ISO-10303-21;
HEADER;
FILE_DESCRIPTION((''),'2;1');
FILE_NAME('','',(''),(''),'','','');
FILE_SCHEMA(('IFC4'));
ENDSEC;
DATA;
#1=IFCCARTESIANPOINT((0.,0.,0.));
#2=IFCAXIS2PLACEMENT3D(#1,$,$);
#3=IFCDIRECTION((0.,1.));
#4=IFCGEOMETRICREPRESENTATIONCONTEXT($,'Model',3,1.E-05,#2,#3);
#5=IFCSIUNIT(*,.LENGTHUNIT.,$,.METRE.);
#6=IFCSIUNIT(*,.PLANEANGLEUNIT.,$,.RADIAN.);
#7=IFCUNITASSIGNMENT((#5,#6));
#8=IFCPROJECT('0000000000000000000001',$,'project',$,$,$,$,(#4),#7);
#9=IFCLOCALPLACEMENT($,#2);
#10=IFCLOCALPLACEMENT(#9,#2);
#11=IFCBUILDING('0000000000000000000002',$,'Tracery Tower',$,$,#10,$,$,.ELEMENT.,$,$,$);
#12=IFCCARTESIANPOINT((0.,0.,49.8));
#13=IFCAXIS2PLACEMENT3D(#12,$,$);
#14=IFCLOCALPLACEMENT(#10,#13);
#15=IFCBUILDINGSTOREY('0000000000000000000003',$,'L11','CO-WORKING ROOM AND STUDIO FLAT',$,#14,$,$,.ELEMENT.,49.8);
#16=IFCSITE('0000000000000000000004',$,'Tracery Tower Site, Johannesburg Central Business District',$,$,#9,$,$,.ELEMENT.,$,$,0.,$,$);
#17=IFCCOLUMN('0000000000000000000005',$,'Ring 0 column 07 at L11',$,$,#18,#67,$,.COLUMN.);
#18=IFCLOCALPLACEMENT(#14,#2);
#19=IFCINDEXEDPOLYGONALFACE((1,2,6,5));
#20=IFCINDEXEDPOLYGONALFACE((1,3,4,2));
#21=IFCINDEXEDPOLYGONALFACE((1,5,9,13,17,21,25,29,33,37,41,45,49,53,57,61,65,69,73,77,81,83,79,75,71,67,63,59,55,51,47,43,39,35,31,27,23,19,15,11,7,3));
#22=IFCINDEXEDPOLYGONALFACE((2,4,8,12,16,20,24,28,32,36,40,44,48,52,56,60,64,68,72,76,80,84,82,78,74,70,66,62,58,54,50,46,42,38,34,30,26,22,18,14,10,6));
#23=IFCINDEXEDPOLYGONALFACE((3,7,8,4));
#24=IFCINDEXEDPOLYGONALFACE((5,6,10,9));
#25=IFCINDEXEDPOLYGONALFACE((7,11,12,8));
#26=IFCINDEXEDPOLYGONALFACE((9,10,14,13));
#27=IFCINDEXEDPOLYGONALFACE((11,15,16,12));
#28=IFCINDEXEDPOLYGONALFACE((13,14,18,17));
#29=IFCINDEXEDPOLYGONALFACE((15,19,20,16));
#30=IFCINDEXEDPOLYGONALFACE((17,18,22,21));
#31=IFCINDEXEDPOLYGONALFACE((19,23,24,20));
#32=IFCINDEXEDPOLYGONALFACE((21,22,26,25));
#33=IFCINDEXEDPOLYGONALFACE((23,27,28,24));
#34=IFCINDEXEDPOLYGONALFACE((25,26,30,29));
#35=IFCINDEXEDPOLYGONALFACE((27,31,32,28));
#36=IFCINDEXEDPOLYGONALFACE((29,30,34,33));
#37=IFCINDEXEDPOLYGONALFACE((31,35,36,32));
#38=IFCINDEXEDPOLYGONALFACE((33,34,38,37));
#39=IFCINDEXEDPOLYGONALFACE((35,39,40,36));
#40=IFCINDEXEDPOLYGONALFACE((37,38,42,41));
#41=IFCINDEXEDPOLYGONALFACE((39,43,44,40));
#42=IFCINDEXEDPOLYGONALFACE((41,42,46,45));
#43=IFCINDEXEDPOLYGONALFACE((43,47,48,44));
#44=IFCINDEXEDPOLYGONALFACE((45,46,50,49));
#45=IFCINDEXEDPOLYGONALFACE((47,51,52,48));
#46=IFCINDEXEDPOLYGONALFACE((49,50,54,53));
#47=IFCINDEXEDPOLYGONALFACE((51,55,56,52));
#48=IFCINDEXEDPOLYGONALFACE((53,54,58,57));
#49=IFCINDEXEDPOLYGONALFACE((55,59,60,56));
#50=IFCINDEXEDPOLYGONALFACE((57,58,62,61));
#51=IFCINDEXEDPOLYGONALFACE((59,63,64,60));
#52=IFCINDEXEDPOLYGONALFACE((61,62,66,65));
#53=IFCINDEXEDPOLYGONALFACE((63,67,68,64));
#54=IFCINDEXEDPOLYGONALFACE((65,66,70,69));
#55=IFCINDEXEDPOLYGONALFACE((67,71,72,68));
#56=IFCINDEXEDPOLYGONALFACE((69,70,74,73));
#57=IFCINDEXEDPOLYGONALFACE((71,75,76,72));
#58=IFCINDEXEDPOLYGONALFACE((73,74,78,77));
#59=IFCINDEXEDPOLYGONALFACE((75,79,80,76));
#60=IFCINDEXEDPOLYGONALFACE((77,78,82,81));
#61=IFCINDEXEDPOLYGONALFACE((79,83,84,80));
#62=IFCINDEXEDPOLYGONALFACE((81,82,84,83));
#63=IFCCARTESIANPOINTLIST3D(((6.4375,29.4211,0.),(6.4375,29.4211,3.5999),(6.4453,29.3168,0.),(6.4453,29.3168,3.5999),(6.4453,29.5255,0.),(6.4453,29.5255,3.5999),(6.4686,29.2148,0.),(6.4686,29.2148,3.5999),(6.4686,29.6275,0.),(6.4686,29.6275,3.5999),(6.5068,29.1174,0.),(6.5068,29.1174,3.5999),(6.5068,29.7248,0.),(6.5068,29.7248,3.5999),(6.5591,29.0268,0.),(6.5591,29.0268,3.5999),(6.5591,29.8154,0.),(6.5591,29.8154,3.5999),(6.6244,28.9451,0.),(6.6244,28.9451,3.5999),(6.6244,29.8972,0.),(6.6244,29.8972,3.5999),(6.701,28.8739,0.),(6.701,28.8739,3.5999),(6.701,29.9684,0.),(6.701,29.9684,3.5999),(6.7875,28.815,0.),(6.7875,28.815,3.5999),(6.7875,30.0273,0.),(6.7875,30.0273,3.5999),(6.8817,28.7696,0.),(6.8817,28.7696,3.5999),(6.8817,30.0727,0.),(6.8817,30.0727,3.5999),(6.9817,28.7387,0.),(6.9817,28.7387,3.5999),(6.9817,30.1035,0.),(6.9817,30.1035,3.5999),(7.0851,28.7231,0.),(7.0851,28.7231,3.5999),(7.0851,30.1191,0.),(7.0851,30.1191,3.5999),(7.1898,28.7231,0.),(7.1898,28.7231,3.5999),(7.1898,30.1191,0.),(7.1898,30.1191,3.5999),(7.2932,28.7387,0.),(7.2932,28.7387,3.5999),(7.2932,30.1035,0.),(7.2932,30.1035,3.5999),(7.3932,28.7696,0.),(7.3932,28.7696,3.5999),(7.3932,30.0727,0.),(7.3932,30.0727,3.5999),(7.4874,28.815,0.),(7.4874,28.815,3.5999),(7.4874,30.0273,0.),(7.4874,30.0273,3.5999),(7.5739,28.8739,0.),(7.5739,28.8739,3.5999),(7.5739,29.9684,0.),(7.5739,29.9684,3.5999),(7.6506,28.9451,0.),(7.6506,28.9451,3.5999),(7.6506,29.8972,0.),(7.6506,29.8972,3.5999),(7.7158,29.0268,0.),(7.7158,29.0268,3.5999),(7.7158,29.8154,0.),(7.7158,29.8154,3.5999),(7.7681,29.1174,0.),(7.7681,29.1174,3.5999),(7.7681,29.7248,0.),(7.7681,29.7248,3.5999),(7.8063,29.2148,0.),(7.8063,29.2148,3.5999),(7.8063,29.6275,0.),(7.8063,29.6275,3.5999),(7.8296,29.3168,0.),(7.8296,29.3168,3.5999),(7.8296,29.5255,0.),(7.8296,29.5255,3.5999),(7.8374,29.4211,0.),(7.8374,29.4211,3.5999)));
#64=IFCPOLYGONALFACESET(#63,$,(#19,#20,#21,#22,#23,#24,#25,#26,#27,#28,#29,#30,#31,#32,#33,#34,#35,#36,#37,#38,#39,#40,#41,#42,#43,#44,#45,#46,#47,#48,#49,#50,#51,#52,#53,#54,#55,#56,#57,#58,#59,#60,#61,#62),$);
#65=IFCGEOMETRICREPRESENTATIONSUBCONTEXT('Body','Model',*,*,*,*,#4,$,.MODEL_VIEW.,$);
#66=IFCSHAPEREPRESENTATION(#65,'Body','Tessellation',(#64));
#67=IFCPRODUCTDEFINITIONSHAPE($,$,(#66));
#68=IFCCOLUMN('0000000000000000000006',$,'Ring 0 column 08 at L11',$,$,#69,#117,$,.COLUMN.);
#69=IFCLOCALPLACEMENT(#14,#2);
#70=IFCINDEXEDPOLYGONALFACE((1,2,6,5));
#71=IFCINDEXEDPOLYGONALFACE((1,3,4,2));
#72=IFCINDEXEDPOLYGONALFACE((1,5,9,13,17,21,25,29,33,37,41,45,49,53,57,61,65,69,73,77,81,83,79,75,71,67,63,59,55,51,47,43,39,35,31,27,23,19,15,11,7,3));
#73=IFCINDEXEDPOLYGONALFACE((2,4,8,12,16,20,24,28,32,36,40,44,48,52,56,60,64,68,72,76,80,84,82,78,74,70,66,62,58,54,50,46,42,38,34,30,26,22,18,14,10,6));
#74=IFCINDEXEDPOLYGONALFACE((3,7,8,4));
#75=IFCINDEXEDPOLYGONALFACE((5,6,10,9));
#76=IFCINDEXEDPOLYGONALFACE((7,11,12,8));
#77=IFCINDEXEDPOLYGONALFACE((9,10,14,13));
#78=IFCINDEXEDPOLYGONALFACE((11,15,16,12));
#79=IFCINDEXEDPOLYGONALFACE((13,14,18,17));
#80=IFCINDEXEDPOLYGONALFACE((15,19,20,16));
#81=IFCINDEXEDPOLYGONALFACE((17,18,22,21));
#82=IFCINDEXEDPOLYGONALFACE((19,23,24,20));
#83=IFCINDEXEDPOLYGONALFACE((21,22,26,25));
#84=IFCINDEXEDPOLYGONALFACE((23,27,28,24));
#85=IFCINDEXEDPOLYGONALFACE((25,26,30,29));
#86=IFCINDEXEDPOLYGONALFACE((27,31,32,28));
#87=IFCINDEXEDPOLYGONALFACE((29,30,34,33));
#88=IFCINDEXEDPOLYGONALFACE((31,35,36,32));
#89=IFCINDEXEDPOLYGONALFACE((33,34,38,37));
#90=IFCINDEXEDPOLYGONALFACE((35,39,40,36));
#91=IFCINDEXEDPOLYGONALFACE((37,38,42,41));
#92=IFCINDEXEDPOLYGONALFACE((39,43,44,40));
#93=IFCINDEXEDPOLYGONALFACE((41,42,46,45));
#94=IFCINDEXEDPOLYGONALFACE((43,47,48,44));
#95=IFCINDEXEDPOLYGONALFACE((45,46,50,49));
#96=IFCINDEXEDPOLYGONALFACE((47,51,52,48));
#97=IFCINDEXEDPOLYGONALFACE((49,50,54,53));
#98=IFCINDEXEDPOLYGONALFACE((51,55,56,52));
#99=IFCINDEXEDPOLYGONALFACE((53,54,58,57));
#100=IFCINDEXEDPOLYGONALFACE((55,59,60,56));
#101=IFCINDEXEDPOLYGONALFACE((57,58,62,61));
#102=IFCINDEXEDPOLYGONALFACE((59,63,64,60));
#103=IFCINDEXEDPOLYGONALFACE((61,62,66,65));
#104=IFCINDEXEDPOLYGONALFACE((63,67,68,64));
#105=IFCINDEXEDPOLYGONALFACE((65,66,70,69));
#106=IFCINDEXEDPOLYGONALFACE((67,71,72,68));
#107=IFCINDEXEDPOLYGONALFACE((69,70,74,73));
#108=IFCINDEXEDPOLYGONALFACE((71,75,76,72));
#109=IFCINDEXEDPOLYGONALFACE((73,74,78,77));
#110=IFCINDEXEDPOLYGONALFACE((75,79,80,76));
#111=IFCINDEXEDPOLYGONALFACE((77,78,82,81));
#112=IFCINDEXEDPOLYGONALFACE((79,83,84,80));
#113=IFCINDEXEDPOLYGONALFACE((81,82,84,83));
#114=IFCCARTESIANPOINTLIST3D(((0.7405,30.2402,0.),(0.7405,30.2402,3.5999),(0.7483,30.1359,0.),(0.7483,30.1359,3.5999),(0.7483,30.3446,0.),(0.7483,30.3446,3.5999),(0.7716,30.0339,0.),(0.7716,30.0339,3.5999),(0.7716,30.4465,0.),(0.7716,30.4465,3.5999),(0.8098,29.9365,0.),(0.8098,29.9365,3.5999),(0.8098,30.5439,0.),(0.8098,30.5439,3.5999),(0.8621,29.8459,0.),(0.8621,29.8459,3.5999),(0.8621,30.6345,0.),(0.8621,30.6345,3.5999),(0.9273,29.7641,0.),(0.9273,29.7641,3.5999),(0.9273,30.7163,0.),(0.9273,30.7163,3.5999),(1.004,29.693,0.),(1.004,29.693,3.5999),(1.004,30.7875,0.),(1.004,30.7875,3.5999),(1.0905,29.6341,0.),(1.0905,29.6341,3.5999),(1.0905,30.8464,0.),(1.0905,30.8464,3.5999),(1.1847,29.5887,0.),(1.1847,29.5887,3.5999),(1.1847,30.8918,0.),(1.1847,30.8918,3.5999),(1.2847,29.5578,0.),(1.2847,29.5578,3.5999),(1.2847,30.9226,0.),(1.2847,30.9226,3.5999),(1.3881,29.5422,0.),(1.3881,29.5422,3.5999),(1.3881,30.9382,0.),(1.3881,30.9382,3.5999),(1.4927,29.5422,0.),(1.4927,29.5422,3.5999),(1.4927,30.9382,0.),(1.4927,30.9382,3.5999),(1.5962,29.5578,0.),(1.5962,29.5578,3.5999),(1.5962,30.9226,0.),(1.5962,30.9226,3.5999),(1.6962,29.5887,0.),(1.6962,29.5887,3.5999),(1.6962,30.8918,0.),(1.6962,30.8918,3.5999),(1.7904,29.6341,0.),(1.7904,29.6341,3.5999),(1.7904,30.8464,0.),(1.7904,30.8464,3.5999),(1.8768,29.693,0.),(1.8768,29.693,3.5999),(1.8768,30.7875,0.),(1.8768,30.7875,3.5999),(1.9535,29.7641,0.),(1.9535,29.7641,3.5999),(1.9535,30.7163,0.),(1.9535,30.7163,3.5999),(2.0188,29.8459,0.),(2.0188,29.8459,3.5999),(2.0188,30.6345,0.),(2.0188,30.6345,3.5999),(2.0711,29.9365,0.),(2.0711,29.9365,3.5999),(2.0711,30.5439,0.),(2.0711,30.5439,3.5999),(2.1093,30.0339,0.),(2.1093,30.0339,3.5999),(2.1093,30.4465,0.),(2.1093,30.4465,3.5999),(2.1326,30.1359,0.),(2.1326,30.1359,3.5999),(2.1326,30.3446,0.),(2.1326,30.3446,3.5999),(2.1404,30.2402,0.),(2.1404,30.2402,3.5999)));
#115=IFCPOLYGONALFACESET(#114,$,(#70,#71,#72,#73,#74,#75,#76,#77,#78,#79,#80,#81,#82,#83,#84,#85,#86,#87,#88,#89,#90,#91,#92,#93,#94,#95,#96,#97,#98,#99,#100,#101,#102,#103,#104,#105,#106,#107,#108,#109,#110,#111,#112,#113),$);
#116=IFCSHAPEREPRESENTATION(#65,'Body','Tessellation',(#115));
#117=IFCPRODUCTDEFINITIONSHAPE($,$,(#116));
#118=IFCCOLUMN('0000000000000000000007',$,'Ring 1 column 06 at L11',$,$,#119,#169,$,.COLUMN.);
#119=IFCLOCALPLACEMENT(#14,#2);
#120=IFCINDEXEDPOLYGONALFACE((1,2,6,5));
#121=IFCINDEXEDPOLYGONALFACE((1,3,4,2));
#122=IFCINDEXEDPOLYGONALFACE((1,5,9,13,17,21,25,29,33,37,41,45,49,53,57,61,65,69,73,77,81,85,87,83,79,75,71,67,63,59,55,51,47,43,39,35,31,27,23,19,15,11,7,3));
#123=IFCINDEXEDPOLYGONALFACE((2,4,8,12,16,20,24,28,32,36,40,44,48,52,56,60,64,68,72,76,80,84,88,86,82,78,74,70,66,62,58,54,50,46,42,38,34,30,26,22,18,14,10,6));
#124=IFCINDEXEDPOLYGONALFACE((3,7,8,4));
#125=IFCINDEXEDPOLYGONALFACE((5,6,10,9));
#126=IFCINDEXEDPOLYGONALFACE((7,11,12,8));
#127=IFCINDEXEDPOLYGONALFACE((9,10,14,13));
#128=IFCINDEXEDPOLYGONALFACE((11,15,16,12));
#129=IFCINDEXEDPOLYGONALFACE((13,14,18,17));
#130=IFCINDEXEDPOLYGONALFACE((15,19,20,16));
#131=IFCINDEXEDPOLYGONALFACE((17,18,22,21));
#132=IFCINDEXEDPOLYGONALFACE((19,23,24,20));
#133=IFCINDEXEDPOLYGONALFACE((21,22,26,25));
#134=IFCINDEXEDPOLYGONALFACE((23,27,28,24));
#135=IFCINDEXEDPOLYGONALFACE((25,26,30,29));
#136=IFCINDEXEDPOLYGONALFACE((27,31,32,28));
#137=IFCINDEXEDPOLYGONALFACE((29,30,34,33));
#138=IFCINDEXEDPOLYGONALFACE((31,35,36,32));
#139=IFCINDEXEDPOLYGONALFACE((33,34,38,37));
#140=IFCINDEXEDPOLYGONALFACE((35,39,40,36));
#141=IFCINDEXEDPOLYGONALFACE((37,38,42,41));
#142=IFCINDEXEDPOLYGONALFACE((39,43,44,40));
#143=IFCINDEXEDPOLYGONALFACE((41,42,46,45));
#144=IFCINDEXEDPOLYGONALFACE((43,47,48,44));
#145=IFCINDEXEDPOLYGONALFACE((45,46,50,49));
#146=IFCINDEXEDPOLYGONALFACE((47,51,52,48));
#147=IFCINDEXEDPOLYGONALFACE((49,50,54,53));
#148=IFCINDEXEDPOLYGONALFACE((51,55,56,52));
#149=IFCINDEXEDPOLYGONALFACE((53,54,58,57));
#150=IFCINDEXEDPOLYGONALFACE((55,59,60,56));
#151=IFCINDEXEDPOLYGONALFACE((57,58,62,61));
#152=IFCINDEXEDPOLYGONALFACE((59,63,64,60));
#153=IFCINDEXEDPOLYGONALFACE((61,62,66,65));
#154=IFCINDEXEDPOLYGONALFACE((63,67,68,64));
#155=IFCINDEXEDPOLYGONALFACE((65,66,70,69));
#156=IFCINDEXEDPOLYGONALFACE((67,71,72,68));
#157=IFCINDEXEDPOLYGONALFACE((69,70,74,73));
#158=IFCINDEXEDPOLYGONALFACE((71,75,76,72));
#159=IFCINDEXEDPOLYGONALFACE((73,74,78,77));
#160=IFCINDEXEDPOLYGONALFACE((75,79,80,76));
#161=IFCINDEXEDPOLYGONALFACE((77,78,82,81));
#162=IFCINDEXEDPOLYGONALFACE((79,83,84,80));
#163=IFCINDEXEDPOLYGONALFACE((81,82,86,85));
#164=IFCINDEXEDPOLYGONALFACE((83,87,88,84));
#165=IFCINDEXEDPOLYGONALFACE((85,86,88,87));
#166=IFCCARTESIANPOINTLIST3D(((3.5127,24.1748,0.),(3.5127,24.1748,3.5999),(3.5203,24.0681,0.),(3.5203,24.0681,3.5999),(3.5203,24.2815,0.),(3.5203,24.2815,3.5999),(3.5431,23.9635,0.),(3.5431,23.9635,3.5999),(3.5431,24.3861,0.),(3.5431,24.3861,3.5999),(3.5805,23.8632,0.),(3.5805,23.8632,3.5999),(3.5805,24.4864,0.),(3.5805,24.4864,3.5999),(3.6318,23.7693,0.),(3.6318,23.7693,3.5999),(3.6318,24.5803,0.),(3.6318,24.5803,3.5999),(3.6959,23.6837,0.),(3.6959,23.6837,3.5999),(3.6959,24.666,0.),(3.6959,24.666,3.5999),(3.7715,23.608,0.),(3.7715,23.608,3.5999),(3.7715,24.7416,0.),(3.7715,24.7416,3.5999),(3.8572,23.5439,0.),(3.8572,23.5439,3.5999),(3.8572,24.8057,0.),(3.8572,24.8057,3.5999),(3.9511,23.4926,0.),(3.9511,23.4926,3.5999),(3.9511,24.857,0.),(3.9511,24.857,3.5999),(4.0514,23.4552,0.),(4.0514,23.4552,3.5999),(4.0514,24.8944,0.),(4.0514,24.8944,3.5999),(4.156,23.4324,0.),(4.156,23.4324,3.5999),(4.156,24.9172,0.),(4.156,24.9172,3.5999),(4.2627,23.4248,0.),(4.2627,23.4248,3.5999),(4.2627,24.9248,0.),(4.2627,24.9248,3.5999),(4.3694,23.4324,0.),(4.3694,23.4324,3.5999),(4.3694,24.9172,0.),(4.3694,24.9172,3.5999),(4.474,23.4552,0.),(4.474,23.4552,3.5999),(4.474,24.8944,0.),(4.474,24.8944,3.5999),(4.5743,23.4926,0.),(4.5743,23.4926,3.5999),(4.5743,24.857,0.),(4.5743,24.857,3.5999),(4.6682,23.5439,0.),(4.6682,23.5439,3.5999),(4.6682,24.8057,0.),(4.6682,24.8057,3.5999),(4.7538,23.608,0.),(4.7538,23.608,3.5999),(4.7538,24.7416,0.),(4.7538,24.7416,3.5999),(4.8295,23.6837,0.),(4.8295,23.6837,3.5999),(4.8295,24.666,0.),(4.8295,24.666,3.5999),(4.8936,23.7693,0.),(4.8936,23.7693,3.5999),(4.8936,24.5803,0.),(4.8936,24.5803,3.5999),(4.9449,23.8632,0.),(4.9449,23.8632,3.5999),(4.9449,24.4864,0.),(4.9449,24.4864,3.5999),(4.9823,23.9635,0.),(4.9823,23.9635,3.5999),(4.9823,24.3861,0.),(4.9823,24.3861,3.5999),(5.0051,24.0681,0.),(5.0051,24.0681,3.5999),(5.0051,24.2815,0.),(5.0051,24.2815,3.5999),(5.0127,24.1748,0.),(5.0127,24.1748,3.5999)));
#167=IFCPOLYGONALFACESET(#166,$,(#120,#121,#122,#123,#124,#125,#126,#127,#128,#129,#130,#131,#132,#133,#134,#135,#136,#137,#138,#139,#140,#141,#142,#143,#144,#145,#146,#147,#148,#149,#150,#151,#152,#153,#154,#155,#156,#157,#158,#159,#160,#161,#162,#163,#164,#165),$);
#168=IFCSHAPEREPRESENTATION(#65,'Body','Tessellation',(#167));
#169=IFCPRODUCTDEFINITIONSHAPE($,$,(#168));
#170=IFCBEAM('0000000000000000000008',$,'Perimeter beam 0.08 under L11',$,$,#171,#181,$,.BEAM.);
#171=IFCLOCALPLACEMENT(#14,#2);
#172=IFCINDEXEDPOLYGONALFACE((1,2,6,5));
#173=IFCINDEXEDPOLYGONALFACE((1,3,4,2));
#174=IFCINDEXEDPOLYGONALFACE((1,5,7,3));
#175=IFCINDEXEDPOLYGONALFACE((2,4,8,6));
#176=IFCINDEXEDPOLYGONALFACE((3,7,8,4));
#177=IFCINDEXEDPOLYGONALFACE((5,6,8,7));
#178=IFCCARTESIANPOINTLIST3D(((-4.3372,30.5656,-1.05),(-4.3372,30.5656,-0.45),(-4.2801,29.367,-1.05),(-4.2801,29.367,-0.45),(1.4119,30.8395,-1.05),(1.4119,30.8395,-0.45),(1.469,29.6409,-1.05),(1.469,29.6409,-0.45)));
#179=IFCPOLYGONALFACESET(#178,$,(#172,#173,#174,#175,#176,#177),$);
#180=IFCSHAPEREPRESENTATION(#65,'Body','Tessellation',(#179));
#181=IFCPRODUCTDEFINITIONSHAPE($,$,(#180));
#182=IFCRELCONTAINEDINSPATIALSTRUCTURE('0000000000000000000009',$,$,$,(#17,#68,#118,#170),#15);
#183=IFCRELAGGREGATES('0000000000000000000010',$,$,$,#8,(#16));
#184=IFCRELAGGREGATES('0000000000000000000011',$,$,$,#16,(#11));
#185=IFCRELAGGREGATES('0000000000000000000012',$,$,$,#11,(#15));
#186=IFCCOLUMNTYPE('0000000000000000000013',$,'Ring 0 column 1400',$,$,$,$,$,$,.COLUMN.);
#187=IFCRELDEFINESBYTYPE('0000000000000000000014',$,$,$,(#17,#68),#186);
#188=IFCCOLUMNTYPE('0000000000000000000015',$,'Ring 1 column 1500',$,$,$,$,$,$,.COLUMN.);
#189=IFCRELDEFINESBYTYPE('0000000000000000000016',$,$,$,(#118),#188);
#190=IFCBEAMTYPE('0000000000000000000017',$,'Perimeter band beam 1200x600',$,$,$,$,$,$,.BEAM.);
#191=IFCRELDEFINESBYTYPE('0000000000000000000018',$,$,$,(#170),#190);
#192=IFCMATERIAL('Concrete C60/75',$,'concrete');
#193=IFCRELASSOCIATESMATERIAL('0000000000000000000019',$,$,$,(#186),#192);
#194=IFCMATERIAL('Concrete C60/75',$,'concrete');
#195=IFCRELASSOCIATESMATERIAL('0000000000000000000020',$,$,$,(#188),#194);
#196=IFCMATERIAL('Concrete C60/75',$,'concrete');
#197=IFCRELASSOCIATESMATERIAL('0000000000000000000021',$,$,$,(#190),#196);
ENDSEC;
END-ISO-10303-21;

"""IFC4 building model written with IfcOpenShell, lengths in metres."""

from ifc_helpers import new_model, si_unit, direction, frame, origin, origin_2d, place, context, subcontext, project, spatial, rectangle, circle, extrude, material, material_profile, profile_set, type_object, element, save


model = new_model("IFC4")

# Units and contexts
model_context = context("Model", 3, precision=1e-05, world=origin(), true_north=direction((0.0, 1.0)))
body_context = subcontext(model_context, "Body", "Model", "MODEL_VIEW")
ifc_project = project(units=[si_unit("LENGTHUNIT", "METRE"), si_unit("PLANEANGLEUNIT", "RADIAN")], contexts=[model_context])

# Site, building, storey
site_placement = place(None, origin())
site = spatial("IfcSite", under=ifc_project, at=site_placement, Name="Tracery Tower Site, Johannesburg Central Business District", CompositionType="ELEMENT", RefElevation=0.0)
building_placement = place(site_placement, origin())
building = spatial("IfcBuilding", under=site, at=building_placement, Name="Tracery Tower", CompositionType="ELEMENT")
storey_placement = place(building_placement, frame((0.0, 0.0, 49.8)))
storey = spatial("IfcBuildingStorey", under=building, at=storey_placement, Name="L11", Description="CO-WORKING ROOM AND STUDIO FLAT", CompositionType="ELEMENT", Elevation=49.8)

# Columns
ifc_material_1 = material(Name="Concrete C60/75", Category="concrete")
ifc_material_profile_1 = material_profile(ifc_material_1, circle(Radius=0.7, at=origin_2d()), Name="RC D1400")
ifc_profile_set_1 = profile_set([ifc_material_profile_1], Name="Concrete C60/75")
column_type_1 = type_object("IfcColumnType", Name="Ring 0 column 1400", PredefinedType="COLUMN", material=ifc_profile_set_1)
for number, where, z_axis, x_axis, name in (
    (1, (7.1375, 29.4211, 0.0), (0.0, 0.0, 1.0), (1.0, 0.0, 0.0), "Ring 0 column 07 at L11"),
    (2, (1.4404, 30.2402, 0.0), (0.0, 0.0, 1.0), (1.0, 0.0, 0.0), "Ring 0 column 08 at L11"),
):
    element("IfcColumn", number, at=place(storey_placement, frame(where, z_axis=z_axis, x_axis=x_axis)), inside=storey, type_object=column_type_1, Name=name, PredefinedType="COLUMN", context=body_context, shape_type="SweptSolid", body=[
        extrude(circle(Radius=0.7, at=origin_2d()), origin(), (0.0, 0.0, 1.0), 3.5999),
    ])
ifc_material_2 = material(Name="Concrete C60/75", Category="concrete")
ifc_material_profile_2 = material_profile(ifc_material_2, circle(Radius=0.75, at=origin_2d()), Name="RC D1500")
ifc_profile_set_2 = profile_set([ifc_material_profile_2], Name="Concrete C60/75")
column_type_2 = type_object("IfcColumnType", Name="Ring 1 column 1500", PredefinedType="COLUMN", material=ifc_profile_set_2)
column_placement = place(storey_placement, frame((4.2627, 24.1748, 0.0), z_axis=(0.0, 0.0, 1.0), x_axis=(1.0, 0.0, 0.0)))
element("IfcColumn", 3, at=column_placement, inside=storey, type_object=column_type_2, Name="Ring 1 column 06 at L11", PredefinedType="COLUMN", context=body_context, shape_type="SweptSolid", body=[
    extrude(circle(Radius=0.75, at=origin_2d()), origin(), (0.0, 0.0, 1.0), 3.5999),
])

# Beam
ifc_material_3 = material(Name="Concrete C60/75", Category="concrete")
ifc_material_profile_3 = material_profile(ifc_material_3, rectangle(XDim=1.2, YDim=0.6001, at=origin_2d()), Name="RC 1200x600")
ifc_profile_set_3 = profile_set([ifc_material_profile_3], Name="Concrete C60/75")
beam_type = type_object("IfcBeamType", Name="Perimeter band beam 1200x600", PredefinedType="BEAM", material=ifc_profile_set_3)
beam_placement = place(storey_placement, frame((1.4404, 30.2402, -0.75), z_axis=(-0.998867, -0.047593, 0.0), x_axis=(0.047593, -0.998867, 0.0)))
element("IfcBeam", 4, at=beam_placement, inside=storey, type_object=beam_type, Name="Perimeter beam 0.08 under L11", PredefinedType="BEAM", context=body_context, shape_type="SweptSolid", body=[
    extrude(rectangle(XDim=1.2, YDim=0.6001, at=origin_2d()), origin(), (0.0, 0.0, 1.0), 5.7556),
])

save(model, "model.ifc")
